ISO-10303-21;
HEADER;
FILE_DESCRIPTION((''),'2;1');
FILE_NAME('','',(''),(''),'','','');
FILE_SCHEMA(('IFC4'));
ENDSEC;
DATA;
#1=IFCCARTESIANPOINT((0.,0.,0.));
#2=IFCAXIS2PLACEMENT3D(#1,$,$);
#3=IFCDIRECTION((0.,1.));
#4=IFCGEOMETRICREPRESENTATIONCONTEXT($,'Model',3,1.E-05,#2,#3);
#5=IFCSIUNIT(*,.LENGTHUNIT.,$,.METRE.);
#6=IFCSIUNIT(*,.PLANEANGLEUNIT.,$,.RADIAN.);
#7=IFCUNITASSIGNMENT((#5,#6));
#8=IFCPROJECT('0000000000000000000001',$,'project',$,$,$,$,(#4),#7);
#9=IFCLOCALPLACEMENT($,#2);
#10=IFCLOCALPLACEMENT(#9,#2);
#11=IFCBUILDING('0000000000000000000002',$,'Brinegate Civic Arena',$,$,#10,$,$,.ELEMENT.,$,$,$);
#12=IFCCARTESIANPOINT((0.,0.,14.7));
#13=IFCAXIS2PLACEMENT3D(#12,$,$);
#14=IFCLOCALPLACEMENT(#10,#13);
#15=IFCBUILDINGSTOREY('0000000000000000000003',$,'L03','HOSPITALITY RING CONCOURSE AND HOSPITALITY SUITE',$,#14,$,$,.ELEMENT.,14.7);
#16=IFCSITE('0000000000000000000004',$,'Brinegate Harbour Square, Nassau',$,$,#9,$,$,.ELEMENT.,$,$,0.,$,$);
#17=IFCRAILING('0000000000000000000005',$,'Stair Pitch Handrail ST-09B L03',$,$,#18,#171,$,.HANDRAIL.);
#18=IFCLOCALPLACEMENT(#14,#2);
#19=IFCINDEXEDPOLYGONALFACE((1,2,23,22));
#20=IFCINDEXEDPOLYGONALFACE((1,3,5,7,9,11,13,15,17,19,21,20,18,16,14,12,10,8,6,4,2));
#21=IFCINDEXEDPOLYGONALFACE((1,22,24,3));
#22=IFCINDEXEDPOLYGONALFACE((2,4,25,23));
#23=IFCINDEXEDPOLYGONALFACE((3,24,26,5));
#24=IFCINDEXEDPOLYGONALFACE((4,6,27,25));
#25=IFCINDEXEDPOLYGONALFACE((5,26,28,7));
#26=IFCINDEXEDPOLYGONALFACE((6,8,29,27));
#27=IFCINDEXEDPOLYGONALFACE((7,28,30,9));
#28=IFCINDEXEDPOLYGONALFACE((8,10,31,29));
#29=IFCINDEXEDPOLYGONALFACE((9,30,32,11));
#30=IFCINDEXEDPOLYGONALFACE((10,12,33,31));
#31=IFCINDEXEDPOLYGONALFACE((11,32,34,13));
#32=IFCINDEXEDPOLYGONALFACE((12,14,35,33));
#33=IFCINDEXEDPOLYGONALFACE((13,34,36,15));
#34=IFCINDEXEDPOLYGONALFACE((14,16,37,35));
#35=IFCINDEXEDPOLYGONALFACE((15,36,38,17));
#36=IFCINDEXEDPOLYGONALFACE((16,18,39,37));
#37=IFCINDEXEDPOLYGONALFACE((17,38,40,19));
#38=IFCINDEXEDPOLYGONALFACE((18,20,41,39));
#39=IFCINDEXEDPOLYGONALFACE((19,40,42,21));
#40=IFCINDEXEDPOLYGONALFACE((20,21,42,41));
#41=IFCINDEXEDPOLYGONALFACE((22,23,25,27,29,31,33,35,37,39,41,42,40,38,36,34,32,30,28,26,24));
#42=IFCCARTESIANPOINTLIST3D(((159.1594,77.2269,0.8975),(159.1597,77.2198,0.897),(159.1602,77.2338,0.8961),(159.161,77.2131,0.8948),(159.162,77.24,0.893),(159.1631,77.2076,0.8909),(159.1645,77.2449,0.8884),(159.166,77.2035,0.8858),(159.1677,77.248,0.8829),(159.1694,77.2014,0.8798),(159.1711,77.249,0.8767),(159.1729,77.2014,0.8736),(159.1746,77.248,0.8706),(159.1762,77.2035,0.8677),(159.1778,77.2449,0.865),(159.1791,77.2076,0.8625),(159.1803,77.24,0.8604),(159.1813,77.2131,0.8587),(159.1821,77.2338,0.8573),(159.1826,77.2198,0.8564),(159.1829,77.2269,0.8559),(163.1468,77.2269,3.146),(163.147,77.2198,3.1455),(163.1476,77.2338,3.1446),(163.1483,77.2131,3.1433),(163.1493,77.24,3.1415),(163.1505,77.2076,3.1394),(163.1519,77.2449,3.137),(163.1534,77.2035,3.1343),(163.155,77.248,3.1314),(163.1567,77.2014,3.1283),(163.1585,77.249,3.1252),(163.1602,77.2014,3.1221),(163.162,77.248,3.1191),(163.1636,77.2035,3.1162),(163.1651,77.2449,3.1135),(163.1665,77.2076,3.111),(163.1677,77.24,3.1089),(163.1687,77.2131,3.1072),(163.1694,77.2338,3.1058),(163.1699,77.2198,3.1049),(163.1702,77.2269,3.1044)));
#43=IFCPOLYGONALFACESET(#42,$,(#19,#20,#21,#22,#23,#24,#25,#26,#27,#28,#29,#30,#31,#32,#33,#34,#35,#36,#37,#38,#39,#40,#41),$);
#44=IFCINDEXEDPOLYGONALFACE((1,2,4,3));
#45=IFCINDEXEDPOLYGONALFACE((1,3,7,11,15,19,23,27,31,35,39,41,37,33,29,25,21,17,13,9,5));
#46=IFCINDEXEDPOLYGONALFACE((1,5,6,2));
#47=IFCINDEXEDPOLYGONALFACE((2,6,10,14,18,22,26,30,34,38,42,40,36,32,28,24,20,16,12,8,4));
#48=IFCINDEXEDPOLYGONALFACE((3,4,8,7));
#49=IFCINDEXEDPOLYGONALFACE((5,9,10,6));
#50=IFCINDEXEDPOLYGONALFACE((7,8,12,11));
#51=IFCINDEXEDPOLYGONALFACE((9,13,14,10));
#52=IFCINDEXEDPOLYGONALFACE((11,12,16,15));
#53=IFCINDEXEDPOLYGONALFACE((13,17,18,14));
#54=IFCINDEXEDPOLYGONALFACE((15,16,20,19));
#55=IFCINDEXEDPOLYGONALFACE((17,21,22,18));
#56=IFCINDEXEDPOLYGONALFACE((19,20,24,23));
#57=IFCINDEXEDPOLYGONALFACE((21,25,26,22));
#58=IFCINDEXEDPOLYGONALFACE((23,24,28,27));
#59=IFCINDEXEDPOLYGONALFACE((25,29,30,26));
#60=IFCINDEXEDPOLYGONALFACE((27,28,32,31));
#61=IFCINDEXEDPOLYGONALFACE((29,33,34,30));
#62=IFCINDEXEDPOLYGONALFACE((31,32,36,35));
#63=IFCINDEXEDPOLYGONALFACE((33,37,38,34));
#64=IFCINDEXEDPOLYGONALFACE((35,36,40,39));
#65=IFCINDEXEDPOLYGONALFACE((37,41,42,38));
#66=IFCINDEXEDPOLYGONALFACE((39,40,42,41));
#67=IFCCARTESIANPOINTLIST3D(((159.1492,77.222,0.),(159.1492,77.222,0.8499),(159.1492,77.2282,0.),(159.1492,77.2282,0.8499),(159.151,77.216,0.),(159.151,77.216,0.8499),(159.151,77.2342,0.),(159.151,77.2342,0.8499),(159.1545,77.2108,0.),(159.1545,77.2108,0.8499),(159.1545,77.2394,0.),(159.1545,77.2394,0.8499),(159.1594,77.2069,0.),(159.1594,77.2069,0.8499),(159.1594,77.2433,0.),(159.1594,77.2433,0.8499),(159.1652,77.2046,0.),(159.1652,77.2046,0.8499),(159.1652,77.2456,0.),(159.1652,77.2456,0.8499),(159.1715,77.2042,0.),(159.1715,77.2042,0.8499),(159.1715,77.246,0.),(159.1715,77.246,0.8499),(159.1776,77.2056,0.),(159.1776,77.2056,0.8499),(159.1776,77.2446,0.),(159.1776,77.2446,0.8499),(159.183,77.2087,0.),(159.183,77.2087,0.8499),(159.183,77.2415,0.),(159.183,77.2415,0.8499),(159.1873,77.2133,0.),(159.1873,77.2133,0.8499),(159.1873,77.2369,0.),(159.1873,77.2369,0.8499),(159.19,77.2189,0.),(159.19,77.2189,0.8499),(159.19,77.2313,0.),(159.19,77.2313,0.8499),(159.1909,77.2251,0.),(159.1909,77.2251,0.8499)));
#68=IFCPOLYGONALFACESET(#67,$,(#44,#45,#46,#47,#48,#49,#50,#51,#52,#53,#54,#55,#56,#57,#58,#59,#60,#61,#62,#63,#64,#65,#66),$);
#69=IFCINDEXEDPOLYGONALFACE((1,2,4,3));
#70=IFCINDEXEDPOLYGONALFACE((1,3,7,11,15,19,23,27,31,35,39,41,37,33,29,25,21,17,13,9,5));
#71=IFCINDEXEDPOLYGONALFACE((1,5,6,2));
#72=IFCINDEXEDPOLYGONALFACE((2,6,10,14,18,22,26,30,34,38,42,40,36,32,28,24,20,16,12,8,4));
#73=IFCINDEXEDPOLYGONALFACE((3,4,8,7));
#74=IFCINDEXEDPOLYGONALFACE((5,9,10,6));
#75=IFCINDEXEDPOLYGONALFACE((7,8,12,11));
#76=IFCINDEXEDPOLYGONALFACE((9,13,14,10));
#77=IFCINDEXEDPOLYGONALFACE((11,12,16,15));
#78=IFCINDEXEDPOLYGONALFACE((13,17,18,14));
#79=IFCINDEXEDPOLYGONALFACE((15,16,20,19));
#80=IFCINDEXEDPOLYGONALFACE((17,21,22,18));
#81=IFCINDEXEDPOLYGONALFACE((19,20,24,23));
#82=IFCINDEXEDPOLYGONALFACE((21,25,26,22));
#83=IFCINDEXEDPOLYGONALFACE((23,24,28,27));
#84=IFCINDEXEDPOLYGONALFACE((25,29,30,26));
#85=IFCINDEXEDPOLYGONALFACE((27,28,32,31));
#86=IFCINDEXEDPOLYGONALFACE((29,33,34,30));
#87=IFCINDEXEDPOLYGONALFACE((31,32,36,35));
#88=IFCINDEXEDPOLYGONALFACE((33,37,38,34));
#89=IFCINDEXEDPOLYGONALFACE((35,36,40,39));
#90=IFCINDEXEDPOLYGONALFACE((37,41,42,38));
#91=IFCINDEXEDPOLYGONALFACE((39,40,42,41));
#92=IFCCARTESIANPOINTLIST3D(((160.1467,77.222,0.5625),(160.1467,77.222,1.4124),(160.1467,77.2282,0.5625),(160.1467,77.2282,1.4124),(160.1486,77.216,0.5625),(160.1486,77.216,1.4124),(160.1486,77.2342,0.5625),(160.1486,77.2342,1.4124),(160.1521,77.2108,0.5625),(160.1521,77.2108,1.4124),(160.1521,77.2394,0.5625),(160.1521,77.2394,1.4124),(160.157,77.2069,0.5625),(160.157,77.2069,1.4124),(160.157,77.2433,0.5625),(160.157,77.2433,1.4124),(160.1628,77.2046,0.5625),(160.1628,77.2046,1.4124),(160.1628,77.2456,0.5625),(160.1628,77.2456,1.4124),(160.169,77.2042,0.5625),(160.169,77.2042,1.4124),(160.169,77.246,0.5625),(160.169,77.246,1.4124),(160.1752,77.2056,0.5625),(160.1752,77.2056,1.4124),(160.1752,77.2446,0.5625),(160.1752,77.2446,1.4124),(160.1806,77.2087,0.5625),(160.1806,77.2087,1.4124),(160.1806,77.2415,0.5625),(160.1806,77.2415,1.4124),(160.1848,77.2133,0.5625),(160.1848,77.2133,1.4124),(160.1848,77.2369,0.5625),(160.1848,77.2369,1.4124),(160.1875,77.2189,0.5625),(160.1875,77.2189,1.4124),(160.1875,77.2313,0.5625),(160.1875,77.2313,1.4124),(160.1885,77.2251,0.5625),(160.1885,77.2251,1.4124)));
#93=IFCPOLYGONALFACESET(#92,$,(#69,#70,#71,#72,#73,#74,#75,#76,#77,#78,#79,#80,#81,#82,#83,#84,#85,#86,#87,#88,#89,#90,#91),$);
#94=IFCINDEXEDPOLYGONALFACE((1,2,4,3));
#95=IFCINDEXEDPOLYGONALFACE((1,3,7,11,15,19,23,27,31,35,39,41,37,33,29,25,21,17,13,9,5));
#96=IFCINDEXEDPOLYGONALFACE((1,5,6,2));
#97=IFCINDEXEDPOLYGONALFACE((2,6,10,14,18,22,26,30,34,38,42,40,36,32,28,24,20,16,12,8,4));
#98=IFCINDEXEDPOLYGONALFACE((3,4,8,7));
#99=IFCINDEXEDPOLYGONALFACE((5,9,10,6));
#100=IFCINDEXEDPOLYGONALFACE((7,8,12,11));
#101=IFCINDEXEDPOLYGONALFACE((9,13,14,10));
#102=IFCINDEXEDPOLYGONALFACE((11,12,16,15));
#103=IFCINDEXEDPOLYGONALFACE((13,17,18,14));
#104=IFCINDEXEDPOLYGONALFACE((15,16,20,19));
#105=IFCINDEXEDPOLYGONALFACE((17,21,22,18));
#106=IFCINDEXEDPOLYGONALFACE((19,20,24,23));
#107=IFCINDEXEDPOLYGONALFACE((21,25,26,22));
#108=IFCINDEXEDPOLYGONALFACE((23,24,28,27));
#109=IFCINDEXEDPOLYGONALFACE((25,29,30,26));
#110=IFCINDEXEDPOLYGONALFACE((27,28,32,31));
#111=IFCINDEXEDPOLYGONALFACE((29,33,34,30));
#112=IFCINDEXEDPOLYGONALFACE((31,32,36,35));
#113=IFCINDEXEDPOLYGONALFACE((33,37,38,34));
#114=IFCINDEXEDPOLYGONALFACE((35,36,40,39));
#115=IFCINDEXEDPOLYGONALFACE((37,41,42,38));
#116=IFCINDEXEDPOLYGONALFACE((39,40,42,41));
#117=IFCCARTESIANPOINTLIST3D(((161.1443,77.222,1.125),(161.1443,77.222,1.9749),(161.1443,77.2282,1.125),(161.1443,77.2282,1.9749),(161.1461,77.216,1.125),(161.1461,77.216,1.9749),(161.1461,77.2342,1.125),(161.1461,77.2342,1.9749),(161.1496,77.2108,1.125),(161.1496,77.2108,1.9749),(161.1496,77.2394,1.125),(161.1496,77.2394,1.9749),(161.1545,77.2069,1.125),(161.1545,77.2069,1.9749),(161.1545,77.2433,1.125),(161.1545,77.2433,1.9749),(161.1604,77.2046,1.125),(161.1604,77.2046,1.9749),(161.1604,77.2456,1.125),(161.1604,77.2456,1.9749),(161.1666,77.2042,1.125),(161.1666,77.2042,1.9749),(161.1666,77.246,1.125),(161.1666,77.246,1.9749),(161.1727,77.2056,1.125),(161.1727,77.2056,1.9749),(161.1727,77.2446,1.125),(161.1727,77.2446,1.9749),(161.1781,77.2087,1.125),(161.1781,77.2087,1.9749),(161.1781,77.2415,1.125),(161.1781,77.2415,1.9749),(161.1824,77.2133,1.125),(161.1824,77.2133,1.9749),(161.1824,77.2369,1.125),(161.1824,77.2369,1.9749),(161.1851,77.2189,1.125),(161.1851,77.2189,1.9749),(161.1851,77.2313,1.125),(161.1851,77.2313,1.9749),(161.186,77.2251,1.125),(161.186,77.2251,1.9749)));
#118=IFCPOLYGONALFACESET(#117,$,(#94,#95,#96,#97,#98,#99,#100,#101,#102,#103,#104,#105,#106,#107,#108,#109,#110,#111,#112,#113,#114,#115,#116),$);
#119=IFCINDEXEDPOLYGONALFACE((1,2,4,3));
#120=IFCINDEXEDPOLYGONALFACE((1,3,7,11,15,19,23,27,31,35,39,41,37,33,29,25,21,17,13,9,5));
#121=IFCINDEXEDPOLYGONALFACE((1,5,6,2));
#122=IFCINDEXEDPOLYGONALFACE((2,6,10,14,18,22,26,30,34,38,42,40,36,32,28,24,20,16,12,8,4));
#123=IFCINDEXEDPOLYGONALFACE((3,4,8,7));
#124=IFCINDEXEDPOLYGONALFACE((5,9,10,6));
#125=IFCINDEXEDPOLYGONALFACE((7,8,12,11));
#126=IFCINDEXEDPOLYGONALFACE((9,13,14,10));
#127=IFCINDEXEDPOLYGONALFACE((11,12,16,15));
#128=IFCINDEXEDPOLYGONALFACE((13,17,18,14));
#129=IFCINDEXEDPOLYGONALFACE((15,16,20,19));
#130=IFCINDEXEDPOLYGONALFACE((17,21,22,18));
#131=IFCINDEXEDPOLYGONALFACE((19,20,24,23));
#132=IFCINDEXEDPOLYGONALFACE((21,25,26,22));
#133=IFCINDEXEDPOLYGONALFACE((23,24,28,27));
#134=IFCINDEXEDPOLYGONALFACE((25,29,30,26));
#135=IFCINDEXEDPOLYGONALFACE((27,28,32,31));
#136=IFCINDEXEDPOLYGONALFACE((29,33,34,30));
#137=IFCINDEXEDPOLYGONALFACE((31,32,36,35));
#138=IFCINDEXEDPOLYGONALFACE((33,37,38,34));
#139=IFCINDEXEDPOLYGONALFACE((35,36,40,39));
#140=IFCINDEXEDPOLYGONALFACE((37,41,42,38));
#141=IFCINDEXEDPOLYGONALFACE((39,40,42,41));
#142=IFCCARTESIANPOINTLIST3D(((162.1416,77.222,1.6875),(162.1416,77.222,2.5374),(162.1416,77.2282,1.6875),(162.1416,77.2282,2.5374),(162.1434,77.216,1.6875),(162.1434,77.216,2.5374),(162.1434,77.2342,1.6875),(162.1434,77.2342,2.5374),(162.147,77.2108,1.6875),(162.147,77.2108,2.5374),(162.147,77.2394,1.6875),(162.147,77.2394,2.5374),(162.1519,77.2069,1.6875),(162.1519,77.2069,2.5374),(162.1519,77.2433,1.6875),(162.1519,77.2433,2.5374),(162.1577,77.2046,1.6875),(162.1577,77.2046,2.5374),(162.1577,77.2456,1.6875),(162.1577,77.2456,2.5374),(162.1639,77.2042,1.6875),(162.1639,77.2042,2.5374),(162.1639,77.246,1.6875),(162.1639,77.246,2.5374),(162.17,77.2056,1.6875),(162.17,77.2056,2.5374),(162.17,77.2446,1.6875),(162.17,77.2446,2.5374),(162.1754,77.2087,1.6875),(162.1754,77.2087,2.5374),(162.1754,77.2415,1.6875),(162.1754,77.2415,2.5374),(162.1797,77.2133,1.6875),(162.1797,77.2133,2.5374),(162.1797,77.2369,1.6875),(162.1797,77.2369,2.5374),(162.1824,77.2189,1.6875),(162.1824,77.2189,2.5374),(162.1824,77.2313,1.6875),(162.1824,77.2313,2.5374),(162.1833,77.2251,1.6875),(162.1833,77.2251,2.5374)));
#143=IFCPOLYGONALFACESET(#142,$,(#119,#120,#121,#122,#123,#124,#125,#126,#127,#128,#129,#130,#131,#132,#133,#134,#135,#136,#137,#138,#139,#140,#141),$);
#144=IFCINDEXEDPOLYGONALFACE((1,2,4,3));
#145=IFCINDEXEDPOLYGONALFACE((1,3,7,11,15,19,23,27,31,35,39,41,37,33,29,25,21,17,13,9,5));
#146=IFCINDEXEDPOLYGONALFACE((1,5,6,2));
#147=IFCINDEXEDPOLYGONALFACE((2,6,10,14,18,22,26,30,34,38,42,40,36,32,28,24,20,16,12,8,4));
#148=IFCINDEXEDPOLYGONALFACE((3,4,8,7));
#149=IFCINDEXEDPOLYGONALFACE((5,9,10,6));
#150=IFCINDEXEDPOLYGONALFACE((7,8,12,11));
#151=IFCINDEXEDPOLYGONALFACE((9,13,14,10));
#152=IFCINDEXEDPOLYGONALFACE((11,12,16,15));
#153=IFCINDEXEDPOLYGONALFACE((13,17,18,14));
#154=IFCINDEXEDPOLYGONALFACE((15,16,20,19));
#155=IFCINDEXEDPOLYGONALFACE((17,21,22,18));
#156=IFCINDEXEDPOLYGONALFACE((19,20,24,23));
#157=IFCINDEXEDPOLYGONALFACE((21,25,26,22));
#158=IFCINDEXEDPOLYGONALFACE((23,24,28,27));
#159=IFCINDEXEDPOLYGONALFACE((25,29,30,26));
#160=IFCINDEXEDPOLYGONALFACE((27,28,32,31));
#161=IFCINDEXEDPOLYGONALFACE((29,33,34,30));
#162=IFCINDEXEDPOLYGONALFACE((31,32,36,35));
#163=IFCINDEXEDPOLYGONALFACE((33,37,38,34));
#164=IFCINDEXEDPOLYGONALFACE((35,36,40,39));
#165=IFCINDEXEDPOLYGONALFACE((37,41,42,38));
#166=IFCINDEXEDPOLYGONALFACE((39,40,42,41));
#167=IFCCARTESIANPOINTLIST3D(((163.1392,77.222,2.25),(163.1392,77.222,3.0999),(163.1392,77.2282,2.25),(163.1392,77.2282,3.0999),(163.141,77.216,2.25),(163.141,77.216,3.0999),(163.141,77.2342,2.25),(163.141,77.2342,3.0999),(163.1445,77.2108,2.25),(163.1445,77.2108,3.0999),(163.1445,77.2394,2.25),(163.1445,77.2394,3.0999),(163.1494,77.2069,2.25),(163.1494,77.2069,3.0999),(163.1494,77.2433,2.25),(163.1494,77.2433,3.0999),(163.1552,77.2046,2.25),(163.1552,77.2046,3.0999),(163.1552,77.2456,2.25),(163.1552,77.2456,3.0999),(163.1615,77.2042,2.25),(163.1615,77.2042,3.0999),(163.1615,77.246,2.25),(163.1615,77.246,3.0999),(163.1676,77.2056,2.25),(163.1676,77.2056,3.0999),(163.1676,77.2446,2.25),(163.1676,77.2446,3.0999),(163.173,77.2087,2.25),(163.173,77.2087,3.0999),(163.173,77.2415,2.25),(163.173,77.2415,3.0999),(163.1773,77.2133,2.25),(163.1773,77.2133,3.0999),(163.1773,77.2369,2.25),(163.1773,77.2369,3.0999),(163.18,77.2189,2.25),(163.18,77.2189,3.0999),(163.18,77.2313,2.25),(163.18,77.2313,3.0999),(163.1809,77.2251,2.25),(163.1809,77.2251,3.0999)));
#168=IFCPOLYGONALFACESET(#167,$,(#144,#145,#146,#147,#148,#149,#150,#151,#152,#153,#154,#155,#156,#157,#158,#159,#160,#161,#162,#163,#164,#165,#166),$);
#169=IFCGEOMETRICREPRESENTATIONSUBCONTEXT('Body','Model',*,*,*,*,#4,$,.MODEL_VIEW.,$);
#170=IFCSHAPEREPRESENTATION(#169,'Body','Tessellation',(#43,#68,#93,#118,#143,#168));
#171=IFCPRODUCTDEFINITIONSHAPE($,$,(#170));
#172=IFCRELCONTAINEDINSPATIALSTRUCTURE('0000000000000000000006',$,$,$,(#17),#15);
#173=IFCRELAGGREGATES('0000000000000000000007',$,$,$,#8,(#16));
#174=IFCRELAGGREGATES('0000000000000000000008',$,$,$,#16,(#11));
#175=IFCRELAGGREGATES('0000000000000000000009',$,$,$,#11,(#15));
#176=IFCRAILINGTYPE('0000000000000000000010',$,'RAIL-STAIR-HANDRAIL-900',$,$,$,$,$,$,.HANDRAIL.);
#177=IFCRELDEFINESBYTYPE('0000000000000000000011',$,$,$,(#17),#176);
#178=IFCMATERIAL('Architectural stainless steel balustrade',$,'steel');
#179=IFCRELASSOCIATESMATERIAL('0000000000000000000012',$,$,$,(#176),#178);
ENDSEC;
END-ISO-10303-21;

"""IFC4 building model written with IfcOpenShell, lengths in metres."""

from ifc_helpers import new_model, si_unit, direction, frame, origin, origin_2d, place, context, subcontext, project, spatial, circle, extrude, material, type_object, element, save


model = new_model("IFC4")

# Units and contexts
model_context = context("Model", 3, precision=1e-05, world=origin(), true_north=direction((0.0, 1.0)))
body_context = subcontext(model_context, "Body", "Model", "MODEL_VIEW")
ifc_project = project(units=[si_unit("LENGTHUNIT", "METRE"), si_unit("PLANEANGLEUNIT", "RADIAN")], contexts=[model_context])

# Site, building, storey
site_placement = place(None, origin())
site = spatial("IfcSite", under=ifc_project, at=site_placement, Name="Brinegate Harbour Square, Nassau", CompositionType="ELEMENT", RefElevation=0.0)
building_placement = place(site_placement, origin())
building = spatial("IfcBuilding", under=site, at=building_placement, Name="Brinegate Civic Arena", CompositionType="ELEMENT")
storey_placement = place(building_placement, frame((0.0, 0.0, 14.7)))
storey = spatial("IfcBuildingStorey", under=building, at=storey_placement, Name="L03", Description="HOSPITALITY RING CONCOURSE AND HOSPITALITY SUITE", CompositionType="ELEMENT", Elevation=14.7)

# Shared definitions
ifc_material_1 = material(Name="Architectural stainless steel balustrade", Category="steel")

# Railing
railing_type_1 = type_object("IfcRailingType", Name="RAIL-STAIR-HANDRAIL-900", PredefinedType="HANDRAIL", material=ifc_material_1)
railing_1_placement = place(storey_placement, frame((159.1699, 77.2251, 0.0)))
element("IfcRailing", 1, at=railing_1_placement, inside=storey, type_object=railing_type_1, Name="Stair Pitch Handrail ST-09B L03", PredefinedType="HANDRAIL", context=body_context, shape_type="SweptSolid", body=[
    extrude(circle(Radius=0.0239, at=origin_2d()), frame((0.0012, 0.0, 0.8767), z_axis=(0.87105, 0.0, 0.491195), x_axis=(0.0, 1.0, 0.0)), (0.0, 0.0, 1.0), 4.5776),
    extrude(circle(Radius=0.021, at=origin_2d()), origin(), (0.0, 0.0, 1.0), 0.8499),
    extrude(circle(Radius=0.021, at=origin_2d()), frame((0.9976, 0.0, 0.5625)), (0.0, 0.0, 1.0), 0.8499),
    extrude(circle(Radius=0.021, at=origin_2d()), frame((1.9951, 0.0, 1.125)), (0.0, 0.0, 1.0), 0.8499),
    extrude(circle(Radius=0.021, at=origin_2d()), frame((2.9924, 0.0, 1.6875)), (0.0, 0.0, 1.0), 0.8499),
    extrude(circle(Radius=0.021, at=origin_2d()), frame((3.99, 0.0, 2.25)), (0.0, 0.0, 1.0), 0.8499),
])

save(model, "model.ifc")
